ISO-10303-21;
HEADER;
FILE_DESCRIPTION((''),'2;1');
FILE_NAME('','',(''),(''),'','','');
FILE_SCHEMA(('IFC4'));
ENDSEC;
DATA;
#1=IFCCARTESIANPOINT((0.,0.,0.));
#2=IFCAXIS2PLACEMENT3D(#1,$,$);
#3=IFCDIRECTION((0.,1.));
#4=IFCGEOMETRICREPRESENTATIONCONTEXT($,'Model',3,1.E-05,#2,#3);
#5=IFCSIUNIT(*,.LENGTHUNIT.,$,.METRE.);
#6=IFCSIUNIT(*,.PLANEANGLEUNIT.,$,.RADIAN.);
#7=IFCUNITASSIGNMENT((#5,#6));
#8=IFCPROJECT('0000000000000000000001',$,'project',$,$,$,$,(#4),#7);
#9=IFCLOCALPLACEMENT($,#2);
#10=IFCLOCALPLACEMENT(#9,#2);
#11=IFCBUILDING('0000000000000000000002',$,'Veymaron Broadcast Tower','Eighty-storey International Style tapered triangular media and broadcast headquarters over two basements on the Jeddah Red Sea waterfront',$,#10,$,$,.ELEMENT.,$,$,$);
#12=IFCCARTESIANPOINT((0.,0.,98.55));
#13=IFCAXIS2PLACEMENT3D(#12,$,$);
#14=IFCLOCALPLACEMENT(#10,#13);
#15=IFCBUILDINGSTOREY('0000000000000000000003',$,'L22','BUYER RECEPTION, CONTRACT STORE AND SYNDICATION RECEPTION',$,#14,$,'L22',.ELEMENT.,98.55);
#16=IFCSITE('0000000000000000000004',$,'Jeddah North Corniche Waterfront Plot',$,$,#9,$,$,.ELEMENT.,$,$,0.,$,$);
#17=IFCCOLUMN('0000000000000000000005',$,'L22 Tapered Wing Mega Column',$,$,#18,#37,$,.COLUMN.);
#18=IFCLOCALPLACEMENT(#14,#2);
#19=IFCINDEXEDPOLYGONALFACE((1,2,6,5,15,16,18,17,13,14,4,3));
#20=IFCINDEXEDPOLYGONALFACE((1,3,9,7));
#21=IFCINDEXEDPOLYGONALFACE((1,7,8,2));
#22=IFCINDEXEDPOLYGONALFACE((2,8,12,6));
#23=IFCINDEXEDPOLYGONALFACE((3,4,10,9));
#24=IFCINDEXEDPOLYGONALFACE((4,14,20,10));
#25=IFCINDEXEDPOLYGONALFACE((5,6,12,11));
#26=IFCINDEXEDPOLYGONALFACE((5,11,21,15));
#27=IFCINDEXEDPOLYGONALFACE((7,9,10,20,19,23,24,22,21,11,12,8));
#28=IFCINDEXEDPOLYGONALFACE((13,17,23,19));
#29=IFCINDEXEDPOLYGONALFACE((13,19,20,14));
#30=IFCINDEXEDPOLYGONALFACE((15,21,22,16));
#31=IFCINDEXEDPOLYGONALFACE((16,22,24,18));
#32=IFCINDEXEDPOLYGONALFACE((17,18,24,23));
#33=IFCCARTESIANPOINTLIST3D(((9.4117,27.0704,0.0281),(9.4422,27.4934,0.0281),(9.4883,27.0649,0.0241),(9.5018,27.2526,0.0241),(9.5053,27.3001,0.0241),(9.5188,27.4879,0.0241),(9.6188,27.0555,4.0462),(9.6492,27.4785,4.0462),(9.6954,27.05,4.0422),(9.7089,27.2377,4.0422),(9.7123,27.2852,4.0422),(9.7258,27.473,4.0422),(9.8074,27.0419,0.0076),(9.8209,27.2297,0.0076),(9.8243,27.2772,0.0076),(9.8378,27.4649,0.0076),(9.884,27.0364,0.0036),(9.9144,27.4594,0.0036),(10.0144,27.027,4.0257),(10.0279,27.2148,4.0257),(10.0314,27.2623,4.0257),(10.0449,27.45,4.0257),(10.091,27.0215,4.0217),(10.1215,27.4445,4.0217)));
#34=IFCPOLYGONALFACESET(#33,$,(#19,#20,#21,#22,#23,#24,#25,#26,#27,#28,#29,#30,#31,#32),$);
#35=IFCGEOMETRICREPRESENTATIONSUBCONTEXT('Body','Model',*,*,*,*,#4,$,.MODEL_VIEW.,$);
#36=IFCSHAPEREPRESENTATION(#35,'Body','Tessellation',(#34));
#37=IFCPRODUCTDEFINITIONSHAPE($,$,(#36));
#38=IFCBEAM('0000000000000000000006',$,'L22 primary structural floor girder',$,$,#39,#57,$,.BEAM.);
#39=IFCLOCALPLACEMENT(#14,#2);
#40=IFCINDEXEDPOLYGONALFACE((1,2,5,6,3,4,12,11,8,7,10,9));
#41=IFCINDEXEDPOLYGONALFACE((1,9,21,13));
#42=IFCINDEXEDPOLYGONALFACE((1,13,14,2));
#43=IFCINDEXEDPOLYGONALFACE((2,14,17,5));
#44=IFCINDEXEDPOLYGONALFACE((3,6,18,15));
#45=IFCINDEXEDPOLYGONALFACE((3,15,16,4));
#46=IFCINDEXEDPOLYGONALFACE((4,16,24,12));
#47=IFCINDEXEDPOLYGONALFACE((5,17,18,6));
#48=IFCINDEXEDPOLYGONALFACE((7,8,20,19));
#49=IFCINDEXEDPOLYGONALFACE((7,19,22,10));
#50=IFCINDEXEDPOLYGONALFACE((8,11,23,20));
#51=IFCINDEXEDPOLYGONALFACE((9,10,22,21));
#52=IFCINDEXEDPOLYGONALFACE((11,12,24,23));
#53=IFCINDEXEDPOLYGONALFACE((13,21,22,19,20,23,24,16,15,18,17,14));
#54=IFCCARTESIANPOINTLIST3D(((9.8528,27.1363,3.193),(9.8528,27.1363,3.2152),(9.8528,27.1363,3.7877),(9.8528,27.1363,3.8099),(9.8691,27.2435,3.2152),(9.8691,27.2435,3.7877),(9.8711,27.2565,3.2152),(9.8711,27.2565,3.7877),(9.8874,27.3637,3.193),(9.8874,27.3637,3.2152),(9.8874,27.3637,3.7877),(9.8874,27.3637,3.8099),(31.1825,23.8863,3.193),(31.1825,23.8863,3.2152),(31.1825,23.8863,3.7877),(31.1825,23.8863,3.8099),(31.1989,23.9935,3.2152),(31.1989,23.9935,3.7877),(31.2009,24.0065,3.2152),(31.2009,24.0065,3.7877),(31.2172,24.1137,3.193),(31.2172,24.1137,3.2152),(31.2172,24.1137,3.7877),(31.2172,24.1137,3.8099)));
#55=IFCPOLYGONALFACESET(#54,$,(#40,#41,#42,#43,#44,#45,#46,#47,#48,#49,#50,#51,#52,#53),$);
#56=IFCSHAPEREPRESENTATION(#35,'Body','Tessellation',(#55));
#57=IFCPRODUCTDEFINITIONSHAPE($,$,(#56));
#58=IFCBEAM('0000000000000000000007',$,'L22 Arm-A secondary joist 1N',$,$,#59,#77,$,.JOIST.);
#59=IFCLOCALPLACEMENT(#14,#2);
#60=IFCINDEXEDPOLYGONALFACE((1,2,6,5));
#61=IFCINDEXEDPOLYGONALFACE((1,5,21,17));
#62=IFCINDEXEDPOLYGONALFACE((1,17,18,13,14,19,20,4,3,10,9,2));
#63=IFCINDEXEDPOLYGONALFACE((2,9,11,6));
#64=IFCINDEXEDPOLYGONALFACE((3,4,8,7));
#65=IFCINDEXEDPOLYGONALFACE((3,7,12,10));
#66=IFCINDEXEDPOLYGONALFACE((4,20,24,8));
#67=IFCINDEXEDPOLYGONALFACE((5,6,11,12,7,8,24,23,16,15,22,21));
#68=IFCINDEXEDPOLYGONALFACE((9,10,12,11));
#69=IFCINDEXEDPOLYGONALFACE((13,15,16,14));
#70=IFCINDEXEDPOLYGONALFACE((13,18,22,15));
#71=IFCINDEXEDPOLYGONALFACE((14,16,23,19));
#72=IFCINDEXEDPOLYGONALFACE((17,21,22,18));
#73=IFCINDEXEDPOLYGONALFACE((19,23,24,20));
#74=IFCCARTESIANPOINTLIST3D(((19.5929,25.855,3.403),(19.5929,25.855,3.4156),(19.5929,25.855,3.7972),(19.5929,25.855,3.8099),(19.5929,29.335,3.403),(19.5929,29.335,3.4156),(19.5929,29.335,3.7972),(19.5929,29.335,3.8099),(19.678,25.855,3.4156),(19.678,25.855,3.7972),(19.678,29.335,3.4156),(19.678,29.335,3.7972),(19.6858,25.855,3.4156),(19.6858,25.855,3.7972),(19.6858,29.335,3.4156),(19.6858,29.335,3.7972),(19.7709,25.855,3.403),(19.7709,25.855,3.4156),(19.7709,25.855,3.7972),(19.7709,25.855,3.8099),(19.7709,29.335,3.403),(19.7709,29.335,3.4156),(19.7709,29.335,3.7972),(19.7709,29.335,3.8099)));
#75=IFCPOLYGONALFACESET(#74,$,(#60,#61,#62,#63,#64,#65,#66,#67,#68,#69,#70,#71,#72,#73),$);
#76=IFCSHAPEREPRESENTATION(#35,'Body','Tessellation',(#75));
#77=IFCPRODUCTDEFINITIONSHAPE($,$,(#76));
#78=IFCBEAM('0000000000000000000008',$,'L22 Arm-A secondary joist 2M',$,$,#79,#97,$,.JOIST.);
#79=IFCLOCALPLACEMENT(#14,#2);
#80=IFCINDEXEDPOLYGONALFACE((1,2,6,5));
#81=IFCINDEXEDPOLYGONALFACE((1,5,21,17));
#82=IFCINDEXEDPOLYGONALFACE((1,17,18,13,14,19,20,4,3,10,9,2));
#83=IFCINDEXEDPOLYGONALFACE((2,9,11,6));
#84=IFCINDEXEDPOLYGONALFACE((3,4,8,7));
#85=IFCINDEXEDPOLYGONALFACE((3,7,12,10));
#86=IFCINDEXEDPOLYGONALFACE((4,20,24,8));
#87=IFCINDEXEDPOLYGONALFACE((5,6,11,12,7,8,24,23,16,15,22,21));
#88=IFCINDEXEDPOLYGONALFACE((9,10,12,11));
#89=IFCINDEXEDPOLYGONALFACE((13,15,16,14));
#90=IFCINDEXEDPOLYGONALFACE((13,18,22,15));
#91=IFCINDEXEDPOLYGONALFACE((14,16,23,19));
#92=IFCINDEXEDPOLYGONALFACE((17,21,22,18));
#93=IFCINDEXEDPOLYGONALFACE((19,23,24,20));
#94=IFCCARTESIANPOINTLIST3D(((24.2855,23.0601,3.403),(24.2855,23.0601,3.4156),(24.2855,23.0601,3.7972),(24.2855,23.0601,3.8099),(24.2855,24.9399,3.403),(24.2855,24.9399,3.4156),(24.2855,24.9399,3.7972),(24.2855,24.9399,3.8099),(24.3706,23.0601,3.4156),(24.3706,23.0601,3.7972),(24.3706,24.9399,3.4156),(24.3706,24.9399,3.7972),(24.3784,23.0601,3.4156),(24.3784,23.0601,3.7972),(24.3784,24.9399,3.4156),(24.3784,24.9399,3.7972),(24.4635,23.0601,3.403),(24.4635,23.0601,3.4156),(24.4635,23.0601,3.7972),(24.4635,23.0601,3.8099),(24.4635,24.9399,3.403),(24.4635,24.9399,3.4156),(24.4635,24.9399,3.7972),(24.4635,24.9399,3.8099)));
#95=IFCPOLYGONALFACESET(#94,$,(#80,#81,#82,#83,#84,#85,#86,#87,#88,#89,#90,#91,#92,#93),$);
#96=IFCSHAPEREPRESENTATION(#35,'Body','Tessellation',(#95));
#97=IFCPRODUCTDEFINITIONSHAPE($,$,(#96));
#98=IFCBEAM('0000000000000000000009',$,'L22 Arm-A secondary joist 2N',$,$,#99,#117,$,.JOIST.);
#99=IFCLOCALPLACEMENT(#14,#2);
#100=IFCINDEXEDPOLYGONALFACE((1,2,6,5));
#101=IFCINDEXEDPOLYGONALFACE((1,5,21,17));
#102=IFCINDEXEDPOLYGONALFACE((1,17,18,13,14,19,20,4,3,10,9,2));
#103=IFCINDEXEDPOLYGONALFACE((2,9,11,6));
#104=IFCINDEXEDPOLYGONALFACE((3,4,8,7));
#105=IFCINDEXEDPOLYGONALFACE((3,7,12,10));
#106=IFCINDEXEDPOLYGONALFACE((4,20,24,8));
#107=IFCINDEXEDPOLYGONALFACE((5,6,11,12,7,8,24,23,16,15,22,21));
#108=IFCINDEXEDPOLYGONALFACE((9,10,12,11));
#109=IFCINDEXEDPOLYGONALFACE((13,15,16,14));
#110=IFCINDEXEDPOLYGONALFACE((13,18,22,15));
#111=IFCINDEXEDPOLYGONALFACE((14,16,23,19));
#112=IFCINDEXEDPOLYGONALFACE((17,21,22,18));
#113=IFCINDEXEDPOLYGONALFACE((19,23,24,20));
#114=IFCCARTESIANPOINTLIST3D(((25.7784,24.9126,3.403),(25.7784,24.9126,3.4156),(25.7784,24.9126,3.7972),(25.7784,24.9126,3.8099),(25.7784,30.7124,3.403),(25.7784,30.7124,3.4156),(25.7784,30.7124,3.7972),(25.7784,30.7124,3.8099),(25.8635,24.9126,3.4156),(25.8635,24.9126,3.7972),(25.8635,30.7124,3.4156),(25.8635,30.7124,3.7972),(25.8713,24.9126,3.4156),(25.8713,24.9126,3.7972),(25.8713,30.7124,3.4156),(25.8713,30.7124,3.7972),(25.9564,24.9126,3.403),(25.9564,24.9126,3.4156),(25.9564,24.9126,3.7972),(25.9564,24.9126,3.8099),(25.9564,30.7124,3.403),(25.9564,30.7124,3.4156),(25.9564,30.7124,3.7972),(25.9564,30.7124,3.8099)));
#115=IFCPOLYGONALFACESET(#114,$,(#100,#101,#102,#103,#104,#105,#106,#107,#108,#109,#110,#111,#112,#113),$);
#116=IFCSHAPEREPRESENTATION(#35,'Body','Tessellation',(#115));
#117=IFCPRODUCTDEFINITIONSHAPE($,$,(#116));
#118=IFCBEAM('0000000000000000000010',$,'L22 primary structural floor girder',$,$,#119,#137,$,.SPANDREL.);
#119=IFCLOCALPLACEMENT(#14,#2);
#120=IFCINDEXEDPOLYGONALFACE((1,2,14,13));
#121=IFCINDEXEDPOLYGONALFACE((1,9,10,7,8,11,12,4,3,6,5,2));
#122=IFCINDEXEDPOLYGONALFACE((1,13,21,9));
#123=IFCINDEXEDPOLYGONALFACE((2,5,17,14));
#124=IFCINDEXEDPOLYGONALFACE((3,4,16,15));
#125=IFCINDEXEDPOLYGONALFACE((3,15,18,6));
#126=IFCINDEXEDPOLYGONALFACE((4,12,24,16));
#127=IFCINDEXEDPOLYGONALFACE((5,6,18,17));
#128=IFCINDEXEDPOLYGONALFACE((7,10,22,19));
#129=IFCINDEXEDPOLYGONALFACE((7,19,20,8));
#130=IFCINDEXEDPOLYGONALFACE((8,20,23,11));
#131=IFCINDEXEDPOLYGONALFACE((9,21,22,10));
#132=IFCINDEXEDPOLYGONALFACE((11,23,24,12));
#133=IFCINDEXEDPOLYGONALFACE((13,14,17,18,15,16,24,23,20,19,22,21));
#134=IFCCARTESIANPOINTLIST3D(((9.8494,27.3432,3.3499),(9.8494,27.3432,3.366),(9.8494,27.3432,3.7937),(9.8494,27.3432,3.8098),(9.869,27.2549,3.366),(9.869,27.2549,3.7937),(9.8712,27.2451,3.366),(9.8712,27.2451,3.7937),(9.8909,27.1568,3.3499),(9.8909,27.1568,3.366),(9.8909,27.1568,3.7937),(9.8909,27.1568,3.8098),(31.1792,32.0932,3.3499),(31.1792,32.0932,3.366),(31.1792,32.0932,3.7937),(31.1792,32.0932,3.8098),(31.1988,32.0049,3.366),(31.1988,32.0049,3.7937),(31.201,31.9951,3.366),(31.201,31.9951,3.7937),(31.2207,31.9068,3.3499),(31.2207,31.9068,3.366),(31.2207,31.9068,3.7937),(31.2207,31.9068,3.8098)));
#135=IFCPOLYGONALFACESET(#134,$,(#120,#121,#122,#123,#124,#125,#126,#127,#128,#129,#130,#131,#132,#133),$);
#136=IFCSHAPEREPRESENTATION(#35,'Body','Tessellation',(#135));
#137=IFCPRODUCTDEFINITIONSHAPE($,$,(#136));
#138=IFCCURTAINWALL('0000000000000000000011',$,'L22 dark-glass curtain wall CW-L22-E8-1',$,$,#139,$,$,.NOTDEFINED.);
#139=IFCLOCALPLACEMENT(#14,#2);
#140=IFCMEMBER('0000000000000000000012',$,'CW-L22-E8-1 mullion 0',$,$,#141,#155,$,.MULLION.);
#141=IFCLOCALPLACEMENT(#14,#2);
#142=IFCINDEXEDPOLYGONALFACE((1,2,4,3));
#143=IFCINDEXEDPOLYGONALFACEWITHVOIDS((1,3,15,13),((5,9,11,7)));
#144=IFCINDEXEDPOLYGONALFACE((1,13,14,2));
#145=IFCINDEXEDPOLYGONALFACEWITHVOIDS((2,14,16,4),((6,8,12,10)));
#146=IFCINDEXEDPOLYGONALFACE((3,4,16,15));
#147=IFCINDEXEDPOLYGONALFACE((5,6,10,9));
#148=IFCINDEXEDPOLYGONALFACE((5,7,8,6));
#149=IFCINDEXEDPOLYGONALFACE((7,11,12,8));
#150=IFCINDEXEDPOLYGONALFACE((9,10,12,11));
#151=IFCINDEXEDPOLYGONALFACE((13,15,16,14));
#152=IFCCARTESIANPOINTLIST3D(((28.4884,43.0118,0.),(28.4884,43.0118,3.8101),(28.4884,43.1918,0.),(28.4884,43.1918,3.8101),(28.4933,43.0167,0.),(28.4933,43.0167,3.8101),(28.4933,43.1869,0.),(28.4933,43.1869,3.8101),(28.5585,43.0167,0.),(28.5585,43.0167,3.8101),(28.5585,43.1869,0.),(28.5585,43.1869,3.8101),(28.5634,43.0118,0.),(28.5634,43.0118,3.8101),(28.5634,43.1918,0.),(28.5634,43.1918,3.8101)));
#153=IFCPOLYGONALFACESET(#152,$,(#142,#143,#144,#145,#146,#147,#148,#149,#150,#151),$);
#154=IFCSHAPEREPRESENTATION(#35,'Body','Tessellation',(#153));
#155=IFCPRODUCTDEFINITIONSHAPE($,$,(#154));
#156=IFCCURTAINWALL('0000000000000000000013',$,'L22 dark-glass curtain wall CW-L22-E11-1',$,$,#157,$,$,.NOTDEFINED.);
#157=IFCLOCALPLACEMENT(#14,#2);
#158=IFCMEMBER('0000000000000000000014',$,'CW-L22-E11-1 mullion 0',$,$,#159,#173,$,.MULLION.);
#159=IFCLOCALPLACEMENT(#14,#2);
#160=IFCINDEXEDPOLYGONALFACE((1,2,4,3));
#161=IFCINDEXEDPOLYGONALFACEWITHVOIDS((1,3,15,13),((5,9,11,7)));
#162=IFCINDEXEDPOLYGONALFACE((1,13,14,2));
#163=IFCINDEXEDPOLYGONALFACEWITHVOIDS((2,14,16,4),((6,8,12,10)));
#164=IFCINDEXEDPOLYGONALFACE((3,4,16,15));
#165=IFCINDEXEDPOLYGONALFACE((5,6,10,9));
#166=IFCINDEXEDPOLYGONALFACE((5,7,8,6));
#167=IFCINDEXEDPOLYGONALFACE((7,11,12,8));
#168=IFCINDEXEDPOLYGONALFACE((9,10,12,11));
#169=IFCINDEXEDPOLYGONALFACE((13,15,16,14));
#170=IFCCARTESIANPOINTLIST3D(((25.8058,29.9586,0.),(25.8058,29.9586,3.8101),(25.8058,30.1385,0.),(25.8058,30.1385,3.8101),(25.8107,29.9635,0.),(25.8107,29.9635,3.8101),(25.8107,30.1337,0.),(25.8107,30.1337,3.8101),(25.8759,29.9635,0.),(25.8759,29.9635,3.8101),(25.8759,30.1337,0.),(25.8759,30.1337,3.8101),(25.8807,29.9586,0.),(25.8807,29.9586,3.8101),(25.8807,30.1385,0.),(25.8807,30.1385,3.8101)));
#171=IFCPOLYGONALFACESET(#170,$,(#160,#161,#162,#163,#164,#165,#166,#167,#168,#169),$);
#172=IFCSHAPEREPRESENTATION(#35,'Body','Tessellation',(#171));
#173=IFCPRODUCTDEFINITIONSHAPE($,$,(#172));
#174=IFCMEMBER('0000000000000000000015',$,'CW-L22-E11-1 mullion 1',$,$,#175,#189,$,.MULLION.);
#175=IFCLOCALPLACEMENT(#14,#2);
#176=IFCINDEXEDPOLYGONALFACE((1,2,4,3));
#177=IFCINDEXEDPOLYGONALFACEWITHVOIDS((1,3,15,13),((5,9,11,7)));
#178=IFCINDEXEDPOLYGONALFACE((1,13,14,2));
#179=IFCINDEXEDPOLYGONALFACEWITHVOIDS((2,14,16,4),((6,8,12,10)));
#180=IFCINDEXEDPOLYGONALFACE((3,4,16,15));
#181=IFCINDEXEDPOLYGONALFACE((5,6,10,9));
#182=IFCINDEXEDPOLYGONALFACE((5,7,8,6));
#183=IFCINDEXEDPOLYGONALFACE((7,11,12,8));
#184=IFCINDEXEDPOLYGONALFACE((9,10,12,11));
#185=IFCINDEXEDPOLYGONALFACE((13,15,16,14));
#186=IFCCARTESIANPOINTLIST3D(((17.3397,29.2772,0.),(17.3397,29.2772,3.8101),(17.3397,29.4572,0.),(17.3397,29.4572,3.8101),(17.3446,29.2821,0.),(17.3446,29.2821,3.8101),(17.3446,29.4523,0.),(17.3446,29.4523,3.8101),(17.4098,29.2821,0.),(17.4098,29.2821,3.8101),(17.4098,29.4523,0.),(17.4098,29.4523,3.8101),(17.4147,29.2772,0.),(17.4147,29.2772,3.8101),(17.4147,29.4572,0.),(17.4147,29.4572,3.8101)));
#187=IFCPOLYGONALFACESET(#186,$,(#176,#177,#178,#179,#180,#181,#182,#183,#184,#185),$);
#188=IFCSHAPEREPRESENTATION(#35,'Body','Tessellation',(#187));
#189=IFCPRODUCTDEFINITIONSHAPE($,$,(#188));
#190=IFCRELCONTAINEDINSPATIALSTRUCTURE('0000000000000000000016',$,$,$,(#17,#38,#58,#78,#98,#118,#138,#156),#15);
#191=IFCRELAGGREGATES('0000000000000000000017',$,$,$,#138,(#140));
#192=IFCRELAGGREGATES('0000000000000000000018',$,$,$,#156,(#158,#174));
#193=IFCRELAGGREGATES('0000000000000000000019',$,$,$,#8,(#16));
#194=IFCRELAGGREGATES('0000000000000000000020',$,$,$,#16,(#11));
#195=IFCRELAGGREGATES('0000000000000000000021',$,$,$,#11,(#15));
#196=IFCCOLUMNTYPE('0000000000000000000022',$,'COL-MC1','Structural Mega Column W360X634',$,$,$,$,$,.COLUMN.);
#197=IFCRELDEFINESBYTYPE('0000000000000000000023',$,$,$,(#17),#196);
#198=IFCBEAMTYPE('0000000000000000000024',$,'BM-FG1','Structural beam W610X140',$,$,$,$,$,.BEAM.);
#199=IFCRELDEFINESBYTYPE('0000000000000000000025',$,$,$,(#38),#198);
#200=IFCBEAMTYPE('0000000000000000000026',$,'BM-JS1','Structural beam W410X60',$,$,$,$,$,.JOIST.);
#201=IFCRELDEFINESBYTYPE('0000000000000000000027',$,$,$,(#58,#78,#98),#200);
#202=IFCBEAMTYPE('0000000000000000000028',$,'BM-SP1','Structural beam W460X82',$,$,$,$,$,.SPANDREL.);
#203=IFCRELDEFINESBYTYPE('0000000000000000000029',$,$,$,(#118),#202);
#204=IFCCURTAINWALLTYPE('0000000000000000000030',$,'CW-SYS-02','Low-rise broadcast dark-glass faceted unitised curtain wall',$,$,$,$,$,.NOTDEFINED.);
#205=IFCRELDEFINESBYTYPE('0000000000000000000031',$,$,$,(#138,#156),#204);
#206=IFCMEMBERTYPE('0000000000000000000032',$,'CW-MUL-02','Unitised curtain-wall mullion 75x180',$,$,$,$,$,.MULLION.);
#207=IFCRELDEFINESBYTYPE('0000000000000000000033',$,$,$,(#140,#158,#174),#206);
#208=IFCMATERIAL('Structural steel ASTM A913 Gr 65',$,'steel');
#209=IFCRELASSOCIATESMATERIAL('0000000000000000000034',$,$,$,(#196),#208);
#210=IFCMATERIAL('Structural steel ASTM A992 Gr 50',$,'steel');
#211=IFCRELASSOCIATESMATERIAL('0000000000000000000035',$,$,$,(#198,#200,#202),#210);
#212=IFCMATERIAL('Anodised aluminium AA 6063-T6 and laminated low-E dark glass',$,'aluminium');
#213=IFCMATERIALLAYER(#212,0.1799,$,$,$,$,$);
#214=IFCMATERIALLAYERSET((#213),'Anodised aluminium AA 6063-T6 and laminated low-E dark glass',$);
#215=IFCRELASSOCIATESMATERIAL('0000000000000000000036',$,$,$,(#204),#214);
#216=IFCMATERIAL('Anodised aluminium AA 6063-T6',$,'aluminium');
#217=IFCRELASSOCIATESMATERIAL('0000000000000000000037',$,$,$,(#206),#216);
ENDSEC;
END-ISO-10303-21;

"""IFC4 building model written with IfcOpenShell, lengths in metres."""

from ifc_helpers import new_model, si_unit, direction, frame, origin, origin_2d, place, context, subcontext, project, spatial, hollow_rectangle, i_section, extrude, material, layer, layer_set, material_profile, profile_set, type_object, element, aggregate, save


model = new_model("IFC4")

# Units and contexts
model_context = context("Model", 3, precision=1e-05, world=origin(), true_north=direction((0.0, 1.0)))
body_context = subcontext(model_context, "Body", "Model", "MODEL_VIEW")
ifc_project = project(units=[si_unit("LENGTHUNIT", "METRE"), si_unit("PLANEANGLEUNIT", "RADIAN")], contexts=[model_context])

# Site, building, storey
site_placement = place(None, origin())
site = spatial("IfcSite", under=ifc_project, at=site_placement, Name="Jeddah North Corniche Waterfront Plot", CompositionType="ELEMENT", RefElevation=0.0)
building_placement = place(site_placement, origin())
building = spatial("IfcBuilding", under=site, at=building_placement, Name="Veymaron Broadcast Tower", Description="Eighty-storey International Style tapered triangular media and broadcast headquarters over two basements on the Jeddah Red Sea waterfront", CompositionType="ELEMENT")
storey_placement = place(building_placement, frame((0.0, 0.0, 98.55)))
storey = spatial("IfcBuildingStorey", under=building, at=storey_placement, Name="L22", Description="BUYER RECEPTION, CONTRACT STORE AND SYNDICATION RECEPTION", LongName="L22", CompositionType="ELEMENT", Elevation=98.55)

# Column
ifc_material_1 = material(Name="Structural steel ASTM A913 Gr 65", Category="steel")
ifc_material_profile_1 = material_profile(ifc_material_1, i_section(OverallWidth=0.4241, OverallDepth=0.4741, WebThickness=0.0476, FlangeThickness=0.0769, at=origin_2d()), Name="W360X634")
ifc_profile_set_1 = profile_set([ifc_material_profile_1], Name="Structural steel ASTM A913 Gr 65")
column_type = type_object("IfcColumnType", Name="COL-MC1", Description="Structural Mega Column W360X634", PredefinedType="COLUMN", material=ifc_profile_set_1)
column_placement = place(storey_placement, frame((9.6631, 27.2649, 0.0159), z_axis=(0.051456, -0.003701, 0.998668), x_axis=(0.071749, 0.997423, 0.0)))
element("IfcColumn", 1, at=column_placement, inside=storey, type_object=column_type, Name="L22 Tapered Wing Mega Column", PredefinedType="COLUMN", context=body_context, shape_type="SweptSolid", body=[
    extrude(i_section(OverallWidth=0.4241, OverallDepth=0.4741, WebThickness=0.0476, FlangeThickness=0.0769, at=origin_2d()), origin(), (0.0, 0.0, 1.0), 4.0234),
])

# Beams
ifc_material_2 = material(Name="Structural steel ASTM A992 Gr 50", Category="steel")
ifc_material_profile_2 = material_profile(ifc_material_2, i_section(OverallWidth=0.23, OverallDepth=0.6169, WebThickness=0.0132, FlangeThickness=0.0222, at=origin_2d()), Name="W610X140")
ifc_profile_set_2 = profile_set([ifc_material_profile_2], Name="Structural steel ASTM A992 Gr 50")
beam_type_1 = type_object("IfcBeamType", Name="BM-FG1", Description="Structural beam W610X140", PredefinedType="BEAM", material=ifc_profile_set_2)
beam_1_placement = place(storey_placement, frame((9.8701, 27.25, 3.5015), z_axis=(0.98859, -0.15063, 0.0), x_axis=(0.15063, 0.98859, 0.0)))
element("IfcBeam", 2, at=beam_1_placement, inside=storey, type_object=beam_type_1, Name="L22 primary structural floor girder", PredefinedType="BEAM", context=body_context, shape_type="SweptSolid", body=[
    extrude(i_section(OverallWidth=0.23, OverallDepth=0.6169, WebThickness=0.0132, FlangeThickness=0.0222, at=origin_2d()), origin(), (0.0, 0.0, 1.0), 21.5759),
])
ifc_material_profile_3 = material_profile(ifc_material_2, i_section(OverallWidth=0.178, OverallDepth=0.407, WebThickness=0.0078, FlangeThickness=0.0127, at=origin_2d()), Name="W410X60")
ifc_profile_set_3 = profile_set([ifc_material_profile_3], Name="Structural steel ASTM A992 Gr 50")
beam_type_2 = type_object("IfcBeamType", Name="BM-JS1", Description="Structural beam W410X60", PredefinedType="JOIST", material=ifc_profile_set_3)
beam_2_placement = place(storey_placement, frame((19.6819, 25.855, 3.6064), z_axis=(0.0, 1.0, 0.0), x_axis=(-1.0, 0.0, 0.0)))
element("IfcBeam", 3, at=beam_2_placement, inside=storey, type_object=beam_type_2, Name="L22 Arm-A secondary joist 1N", PredefinedType="JOIST", context=body_context, shape_type="SweptSolid", body=[
    extrude(i_section(OverallWidth=0.178, OverallDepth=0.407, WebThickness=0.0078, FlangeThickness=0.0127, at=origin_2d()), origin(), (0.0, 0.0, 1.0), 3.48),
])
beam_3_placement = place(storey_placement, frame((24.3745, 23.0601, 3.6064), z_axis=(0.0, 1.0, 0.0), x_axis=(-1.0, 0.0, 0.0)))
element("IfcBeam", 4, at=beam_3_placement, inside=storey, type_object=beam_type_2, Name="L22 Arm-A secondary joist 2M", PredefinedType="JOIST", context=body_context, shape_type="SweptSolid", body=[
    extrude(i_section(OverallWidth=0.178, OverallDepth=0.407, WebThickness=0.0078, FlangeThickness=0.0127, at=origin_2d()), origin(), (0.0, 0.0, 1.0), 1.8799),
])
beam_4_placement = place(storey_placement, frame((25.8674, 24.9126, 3.6064), z_axis=(0.0, 1.0, 0.0), x_axis=(-1.0, 0.0, 0.0)))
element("IfcBeam", 5, at=beam_4_placement, inside=storey, type_object=beam_type_2, Name="L22 Arm-A secondary joist 2N", PredefinedType="JOIST", context=body_context, shape_type="SweptSolid", body=[
    extrude(i_section(OverallWidth=0.178, OverallDepth=0.407, WebThickness=0.0078, FlangeThickness=0.0127, at=origin_2d()), origin(), (0.0, 0.0, 1.0), 5.7998),
])
ifc_material_profile_4 = material_profile(ifc_material_2, i_section(OverallWidth=0.1909, OverallDepth=0.46, WebThickness=0.01, FlangeThickness=0.0161, at=origin_2d()), Name="W460X82")
ifc_profile_set_4 = profile_set([ifc_material_profile_4], Name="Structural steel ASTM A992 Gr 50")
beam_type_3 = type_object("IfcBeamType", Name="BM-SP1", Description="Structural beam W460X82", PredefinedType="SPANDREL", material=ifc_profile_set_4)
beam_5_placement = place(storey_placement, frame((9.8701, 27.25, 3.5798), z_axis=(0.97609, 0.217368, 0.0), x_axis=(-0.217368, 0.97609, 0.0)))
element("IfcBeam", 6, at=beam_5_placement, inside=storey, type_object=beam_type_3, Name="L22 primary structural floor girder", PredefinedType="SPANDREL", context=body_context, shape_type="SweptSolid", body=[
    extrude(i_section(OverallWidth=0.1909, OverallDepth=0.46, WebThickness=0.01, FlangeThickness=0.0161, at=origin_2d()), origin(), (0.0, 0.0, 1.0), 21.8523),
])

# Curtain wall, member
ifc_material_3 = material(Name="Anodised aluminium AA 6063-T6 and laminated low-E dark glass", Category="aluminium")
ifc_layer_1 = layer(ifc_material_3, 0.1799)
ifc_layer_set_1 = layer_set([ifc_layer_1], Name="Anodised aluminium AA 6063-T6 and laminated low-E dark glass")
curtain_wall_type = type_object("IfcCurtainWallType", Name="CW-SYS-02", Description="Low-rise broadcast dark-glass faceted unitised curtain wall", PredefinedType="NOTDEFINED", material=ifc_layer_set_1)
curtain_wall_1_placement = place(storey_placement, origin())
curtain_wall_1 = element("IfcCurtainWall", 7, at=curtain_wall_1_placement, inside=storey, type_object=curtain_wall_type, Name="L22 dark-glass curtain wall CW-L22-E8-1", PredefinedType="NOTDEFINED")
ifc_material_4 = material(Name="Anodised aluminium AA 6063-T6", Category="aluminium")
ifc_material_profile_5 = material_profile(ifc_material_4, hollow_rectangle(XDim=0.075, YDim=0.1799, WallThickness=0.0049, at=origin_2d()), Name="AL180X75X5")
ifc_profile_set_5 = profile_set([ifc_material_profile_5], Name="Anodised aluminium AA 6063-T6")
member_type_1 = type_object("IfcMemberType", Name="CW-MUL-02", Description="Unitised curtain-wall mullion 75x180", PredefinedType="MULLION", material=ifc_profile_set_5)
member_1_placement = place(storey_placement, frame((28.5259, 43.1018, 0.0), z_axis=(0.0, 0.0, 1.0), x_axis=(1.0, 0.0, 0.0)))
member_1 = element("IfcMember", 8, at=member_1_placement, type_object=member_type_1, Name="CW-L22-E8-1 mullion 0", PredefinedType="MULLION", context=body_context, shape_type="SweptSolid", body=[
    extrude(hollow_rectangle(XDim=0.075, YDim=0.1799, WallThickness=0.0049, at=origin_2d()), origin(), (0.0, 0.0, 1.0), 3.8101),
])

# Curtain wall, members
curtain_wall_2_placement = place(storey_placement, origin())
curtain_wall_2 = element("IfcCurtainWall", 9, at=curtain_wall_2_placement, inside=storey, type_object=curtain_wall_type, Name="L22 dark-glass curtain wall CW-L22-E11-1", PredefinedType="NOTDEFINED")
member_2_placement = place(storey_placement, frame((25.8433, 30.0486, 0.0), z_axis=(0.0, 0.0, 1.0), x_axis=(1.0, 0.0, 0.0)))
member_2 = element("IfcMember", 10, at=member_2_placement, type_object=member_type_1, Name="CW-L22-E11-1 mullion 0", PredefinedType="MULLION", context=body_context, shape_type="SweptSolid", body=[
    extrude(hollow_rectangle(XDim=0.075, YDim=0.1799, WallThickness=0.0049, at=origin_2d()), origin(), (0.0, 0.0, 1.0), 3.8101),
])
member_3_placement = place(storey_placement, frame((17.3772, 29.3672, 0.0), z_axis=(0.0, 0.0, 1.0), x_axis=(1.0, 0.0, 0.0)))
member_3 = element("IfcMember", 11, at=member_3_placement, type_object=member_type_1, Name="CW-L22-E11-1 mullion 1", PredefinedType="MULLION", context=body_context, shape_type="SweptSolid", body=[
    extrude(hollow_rectangle(XDim=0.075, YDim=0.1799, WallThickness=0.0049, at=origin_2d()), origin(), (0.0, 0.0, 1.0), 3.8101),
])

aggregate(curtain_wall_1, [member_1])
aggregate(curtain_wall_2, [member_2, member_3])

save(model, "model.ifc")
